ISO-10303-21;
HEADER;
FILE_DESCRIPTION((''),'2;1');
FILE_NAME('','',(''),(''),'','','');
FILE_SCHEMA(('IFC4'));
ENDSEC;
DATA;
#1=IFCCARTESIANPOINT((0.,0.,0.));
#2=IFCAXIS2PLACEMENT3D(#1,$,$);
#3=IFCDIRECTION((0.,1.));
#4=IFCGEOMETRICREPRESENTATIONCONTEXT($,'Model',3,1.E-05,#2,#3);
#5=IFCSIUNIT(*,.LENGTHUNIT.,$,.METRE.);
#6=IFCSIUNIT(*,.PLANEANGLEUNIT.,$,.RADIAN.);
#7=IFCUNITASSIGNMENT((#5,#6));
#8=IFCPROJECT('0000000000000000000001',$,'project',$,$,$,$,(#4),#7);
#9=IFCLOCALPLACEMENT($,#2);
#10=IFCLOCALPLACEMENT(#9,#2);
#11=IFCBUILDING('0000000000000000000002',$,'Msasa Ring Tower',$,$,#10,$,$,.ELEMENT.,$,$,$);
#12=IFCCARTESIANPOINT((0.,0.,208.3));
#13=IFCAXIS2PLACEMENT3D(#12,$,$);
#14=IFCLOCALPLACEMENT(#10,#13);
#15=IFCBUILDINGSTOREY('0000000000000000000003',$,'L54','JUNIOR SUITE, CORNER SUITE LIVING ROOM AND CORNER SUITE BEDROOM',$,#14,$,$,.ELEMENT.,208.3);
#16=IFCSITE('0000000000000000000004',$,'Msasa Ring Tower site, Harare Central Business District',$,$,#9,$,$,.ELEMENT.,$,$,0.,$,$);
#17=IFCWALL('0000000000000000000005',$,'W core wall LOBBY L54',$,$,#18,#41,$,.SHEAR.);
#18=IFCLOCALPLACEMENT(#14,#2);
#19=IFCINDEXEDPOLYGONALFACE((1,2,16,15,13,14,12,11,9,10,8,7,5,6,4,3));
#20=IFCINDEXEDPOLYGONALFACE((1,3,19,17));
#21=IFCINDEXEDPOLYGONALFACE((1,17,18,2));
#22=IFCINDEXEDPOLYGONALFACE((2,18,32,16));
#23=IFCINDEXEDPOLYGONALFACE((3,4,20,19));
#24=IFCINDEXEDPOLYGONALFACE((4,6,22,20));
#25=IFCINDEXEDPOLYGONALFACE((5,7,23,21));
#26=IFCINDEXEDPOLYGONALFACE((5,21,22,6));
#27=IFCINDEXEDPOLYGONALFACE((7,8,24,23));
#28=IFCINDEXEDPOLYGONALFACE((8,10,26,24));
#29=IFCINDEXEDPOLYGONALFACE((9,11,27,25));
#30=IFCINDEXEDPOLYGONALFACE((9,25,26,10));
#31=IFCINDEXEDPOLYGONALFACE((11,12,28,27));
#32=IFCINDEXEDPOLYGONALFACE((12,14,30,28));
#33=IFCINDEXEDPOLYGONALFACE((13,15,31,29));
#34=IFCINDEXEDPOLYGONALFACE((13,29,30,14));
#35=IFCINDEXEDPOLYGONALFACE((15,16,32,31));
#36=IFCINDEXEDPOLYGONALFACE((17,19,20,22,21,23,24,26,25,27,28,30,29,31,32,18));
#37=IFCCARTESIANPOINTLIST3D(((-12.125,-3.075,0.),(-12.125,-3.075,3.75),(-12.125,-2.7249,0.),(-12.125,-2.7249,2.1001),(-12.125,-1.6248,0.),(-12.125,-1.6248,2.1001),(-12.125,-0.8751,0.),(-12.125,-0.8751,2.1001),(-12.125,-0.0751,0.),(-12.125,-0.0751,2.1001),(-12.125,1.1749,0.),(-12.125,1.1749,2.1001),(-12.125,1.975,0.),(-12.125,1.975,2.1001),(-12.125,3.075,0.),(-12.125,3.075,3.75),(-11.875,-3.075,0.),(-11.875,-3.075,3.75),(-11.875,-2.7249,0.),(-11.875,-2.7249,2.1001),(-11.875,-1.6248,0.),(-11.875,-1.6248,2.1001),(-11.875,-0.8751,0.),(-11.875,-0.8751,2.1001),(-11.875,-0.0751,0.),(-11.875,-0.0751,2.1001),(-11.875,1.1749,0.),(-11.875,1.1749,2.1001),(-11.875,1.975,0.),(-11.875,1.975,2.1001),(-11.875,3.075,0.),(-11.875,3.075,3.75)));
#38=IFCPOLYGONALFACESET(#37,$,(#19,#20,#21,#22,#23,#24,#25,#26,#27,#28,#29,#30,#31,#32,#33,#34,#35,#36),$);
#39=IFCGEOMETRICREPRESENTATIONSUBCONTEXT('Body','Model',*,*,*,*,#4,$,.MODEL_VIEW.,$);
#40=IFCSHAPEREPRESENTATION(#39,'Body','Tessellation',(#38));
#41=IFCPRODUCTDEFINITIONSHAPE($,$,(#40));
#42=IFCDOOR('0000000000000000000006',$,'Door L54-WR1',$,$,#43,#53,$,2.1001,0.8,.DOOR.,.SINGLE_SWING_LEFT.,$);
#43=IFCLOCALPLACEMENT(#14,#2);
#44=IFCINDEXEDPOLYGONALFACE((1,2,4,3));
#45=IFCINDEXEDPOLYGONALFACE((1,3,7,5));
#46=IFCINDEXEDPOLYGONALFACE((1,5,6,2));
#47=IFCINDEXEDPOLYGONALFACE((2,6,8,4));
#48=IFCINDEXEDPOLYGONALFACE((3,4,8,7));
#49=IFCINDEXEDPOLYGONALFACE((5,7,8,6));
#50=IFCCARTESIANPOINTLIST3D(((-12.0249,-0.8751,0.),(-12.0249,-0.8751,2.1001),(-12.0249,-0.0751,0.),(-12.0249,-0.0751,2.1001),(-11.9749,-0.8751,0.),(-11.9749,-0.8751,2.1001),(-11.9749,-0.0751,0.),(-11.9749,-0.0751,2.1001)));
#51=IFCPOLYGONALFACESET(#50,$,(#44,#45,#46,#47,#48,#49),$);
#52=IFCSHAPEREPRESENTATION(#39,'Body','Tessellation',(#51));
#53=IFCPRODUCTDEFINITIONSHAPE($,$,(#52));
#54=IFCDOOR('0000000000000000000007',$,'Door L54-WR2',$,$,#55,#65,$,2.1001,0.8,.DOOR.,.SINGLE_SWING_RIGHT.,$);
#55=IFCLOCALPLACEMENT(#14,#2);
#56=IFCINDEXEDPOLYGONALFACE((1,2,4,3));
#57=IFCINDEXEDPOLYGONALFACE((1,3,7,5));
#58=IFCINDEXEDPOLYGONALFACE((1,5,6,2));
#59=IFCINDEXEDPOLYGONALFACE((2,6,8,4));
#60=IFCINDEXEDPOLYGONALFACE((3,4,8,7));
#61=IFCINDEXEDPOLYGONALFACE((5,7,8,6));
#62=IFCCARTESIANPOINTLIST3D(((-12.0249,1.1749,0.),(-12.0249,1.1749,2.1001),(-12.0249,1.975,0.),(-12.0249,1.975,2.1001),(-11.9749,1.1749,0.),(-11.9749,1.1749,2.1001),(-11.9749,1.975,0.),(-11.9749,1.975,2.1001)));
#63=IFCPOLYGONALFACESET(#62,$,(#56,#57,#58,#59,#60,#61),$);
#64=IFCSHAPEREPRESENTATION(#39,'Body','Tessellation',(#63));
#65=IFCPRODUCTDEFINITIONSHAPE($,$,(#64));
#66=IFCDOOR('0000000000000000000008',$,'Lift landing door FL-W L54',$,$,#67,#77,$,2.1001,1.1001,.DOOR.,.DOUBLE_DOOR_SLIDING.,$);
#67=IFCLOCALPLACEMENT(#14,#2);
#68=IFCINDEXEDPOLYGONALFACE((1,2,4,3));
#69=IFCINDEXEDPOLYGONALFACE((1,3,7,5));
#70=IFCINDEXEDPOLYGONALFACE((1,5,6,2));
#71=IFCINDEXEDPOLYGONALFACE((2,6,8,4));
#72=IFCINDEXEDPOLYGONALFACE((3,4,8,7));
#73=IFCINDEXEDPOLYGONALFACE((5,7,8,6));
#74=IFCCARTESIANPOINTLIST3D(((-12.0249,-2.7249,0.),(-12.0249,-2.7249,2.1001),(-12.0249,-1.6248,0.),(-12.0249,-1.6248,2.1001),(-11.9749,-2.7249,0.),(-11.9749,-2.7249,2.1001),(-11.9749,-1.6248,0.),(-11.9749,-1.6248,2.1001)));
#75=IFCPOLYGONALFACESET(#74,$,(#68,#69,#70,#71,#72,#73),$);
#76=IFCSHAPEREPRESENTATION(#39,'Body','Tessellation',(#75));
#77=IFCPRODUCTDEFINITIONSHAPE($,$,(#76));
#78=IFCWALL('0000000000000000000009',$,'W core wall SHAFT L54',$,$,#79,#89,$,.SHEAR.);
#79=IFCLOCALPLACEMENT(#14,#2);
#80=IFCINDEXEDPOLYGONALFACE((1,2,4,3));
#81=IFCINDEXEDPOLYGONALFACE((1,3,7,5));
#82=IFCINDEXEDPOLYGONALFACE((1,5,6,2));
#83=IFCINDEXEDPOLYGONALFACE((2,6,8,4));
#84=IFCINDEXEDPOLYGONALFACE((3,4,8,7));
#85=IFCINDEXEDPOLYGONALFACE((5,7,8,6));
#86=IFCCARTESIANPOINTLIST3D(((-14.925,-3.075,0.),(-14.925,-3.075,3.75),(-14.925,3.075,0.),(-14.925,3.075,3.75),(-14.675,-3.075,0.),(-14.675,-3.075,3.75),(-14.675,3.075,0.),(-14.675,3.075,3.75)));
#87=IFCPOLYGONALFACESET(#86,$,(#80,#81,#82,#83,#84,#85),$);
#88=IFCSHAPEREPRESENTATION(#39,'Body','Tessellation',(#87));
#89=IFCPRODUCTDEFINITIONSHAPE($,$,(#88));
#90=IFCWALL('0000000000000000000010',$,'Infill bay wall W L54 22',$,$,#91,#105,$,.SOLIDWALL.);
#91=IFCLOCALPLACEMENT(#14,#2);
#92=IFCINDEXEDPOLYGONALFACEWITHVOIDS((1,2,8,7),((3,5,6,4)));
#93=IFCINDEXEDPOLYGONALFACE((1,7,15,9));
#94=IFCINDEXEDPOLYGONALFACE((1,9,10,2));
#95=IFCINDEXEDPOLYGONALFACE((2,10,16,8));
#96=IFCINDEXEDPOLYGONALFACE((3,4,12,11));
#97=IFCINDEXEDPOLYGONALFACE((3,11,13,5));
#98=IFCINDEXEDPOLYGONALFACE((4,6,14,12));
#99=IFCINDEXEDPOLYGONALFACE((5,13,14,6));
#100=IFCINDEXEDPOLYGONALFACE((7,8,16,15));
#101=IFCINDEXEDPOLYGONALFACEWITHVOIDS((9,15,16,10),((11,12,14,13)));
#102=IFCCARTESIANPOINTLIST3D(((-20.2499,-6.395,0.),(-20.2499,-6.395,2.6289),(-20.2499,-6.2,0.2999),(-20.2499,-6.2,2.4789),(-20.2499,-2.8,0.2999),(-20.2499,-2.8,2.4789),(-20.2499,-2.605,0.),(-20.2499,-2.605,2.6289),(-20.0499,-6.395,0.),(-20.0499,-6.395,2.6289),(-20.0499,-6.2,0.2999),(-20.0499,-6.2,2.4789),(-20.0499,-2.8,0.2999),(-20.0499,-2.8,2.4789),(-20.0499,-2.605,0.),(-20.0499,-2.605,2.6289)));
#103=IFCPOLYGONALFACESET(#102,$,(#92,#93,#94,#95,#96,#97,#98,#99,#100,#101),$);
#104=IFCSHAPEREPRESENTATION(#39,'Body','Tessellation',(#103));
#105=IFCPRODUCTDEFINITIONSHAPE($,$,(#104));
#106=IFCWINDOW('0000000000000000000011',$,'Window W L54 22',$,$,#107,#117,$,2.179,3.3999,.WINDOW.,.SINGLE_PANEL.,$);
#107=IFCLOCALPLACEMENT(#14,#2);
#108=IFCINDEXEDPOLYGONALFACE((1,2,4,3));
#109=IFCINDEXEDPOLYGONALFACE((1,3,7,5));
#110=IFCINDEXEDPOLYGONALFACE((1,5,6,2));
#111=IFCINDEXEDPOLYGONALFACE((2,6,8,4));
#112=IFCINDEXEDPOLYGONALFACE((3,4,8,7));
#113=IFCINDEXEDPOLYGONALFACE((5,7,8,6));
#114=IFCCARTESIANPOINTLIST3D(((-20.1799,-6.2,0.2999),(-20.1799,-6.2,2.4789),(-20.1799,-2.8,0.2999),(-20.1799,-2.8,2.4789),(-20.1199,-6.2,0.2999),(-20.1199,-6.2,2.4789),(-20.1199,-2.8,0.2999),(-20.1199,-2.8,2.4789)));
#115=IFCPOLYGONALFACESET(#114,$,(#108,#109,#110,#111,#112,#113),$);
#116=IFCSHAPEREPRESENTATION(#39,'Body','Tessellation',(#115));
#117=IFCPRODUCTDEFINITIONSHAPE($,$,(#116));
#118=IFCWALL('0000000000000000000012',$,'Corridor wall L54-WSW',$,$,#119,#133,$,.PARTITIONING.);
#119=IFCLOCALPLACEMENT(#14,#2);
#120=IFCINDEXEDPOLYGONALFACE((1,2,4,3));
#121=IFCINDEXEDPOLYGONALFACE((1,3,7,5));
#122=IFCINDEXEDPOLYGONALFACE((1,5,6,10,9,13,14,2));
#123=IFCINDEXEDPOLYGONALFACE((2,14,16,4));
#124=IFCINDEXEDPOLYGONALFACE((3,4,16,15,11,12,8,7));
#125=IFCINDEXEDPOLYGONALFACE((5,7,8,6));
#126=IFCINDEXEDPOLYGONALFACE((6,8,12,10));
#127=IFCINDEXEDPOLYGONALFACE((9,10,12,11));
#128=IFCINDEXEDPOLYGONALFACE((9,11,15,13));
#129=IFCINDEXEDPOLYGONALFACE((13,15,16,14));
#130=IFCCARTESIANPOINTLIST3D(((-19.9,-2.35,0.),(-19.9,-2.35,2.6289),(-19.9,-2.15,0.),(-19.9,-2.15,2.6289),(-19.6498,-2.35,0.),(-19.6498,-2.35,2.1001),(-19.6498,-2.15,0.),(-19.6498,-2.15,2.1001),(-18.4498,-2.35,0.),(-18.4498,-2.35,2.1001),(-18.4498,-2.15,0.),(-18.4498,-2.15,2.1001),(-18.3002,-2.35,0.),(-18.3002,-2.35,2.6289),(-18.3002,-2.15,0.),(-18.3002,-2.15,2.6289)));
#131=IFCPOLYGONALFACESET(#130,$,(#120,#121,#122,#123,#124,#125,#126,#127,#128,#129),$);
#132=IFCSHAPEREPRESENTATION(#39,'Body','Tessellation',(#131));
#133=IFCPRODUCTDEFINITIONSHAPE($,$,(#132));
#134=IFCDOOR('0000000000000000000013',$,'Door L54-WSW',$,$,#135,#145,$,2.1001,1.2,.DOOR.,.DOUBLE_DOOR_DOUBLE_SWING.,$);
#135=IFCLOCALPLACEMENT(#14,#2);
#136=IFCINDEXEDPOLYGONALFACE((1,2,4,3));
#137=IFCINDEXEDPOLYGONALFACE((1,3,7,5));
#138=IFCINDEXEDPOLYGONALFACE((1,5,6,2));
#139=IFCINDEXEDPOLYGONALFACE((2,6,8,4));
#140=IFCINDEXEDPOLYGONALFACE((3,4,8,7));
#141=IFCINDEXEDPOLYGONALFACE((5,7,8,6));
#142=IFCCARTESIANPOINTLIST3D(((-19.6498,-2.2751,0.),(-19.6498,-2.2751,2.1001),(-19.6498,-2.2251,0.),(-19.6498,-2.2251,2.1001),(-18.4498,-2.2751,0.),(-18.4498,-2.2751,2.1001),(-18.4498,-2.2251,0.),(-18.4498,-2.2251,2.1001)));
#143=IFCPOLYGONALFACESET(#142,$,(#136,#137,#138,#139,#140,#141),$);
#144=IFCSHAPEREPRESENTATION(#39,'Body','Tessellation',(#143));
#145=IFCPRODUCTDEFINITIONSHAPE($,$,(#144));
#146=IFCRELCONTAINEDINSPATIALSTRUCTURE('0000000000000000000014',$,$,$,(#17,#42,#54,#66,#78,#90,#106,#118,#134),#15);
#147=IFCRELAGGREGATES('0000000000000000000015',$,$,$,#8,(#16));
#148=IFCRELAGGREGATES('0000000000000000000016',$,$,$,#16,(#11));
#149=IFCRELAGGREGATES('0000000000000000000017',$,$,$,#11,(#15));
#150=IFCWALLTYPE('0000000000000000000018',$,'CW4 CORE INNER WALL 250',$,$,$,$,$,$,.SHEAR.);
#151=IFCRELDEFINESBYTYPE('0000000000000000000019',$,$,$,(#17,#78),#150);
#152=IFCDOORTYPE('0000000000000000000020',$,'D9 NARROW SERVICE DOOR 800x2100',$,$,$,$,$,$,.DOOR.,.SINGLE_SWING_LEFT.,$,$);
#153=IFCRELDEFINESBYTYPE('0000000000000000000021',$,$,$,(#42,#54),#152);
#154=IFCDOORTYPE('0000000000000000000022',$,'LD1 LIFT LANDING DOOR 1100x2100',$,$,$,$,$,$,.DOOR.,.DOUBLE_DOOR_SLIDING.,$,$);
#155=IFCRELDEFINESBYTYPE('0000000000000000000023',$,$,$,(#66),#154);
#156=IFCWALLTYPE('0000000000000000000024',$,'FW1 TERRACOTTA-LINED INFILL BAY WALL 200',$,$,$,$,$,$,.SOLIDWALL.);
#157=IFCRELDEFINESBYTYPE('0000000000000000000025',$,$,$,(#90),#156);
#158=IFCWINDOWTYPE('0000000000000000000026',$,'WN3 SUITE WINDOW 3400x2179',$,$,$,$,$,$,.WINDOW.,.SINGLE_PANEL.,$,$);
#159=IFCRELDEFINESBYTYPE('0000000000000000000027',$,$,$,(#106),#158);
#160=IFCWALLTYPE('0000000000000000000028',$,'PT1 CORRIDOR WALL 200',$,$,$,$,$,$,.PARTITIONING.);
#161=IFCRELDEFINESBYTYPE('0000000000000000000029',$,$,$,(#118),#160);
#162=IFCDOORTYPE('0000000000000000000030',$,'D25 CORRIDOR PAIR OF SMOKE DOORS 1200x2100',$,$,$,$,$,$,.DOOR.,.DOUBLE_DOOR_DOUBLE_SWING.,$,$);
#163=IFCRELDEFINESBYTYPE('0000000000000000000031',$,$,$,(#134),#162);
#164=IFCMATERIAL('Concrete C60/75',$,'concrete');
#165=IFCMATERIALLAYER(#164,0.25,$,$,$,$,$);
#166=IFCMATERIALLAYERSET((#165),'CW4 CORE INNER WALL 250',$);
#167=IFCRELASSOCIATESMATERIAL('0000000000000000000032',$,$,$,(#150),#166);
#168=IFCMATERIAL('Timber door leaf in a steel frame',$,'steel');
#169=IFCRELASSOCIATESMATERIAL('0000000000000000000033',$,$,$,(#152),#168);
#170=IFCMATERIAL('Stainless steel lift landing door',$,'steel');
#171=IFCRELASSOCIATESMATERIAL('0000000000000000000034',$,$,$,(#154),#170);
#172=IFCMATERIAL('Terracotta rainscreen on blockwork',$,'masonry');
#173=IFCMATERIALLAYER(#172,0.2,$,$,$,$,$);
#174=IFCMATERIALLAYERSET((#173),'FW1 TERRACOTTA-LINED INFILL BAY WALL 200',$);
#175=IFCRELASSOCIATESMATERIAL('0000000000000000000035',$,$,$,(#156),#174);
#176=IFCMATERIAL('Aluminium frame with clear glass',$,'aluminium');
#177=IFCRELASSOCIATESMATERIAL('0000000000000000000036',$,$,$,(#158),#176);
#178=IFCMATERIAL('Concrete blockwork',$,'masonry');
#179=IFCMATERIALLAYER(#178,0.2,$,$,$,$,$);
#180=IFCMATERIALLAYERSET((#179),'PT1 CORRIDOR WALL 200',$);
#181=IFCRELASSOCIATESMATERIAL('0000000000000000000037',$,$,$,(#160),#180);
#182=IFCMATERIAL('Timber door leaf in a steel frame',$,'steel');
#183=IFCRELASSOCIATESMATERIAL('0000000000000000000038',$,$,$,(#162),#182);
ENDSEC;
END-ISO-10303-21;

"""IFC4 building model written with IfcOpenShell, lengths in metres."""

from ifc_helpers import new_model, si_unit, direction, frame, frame_2d, origin, place, context, subcontext, project, spatial, rectangle, extrude, material, layer, layer_set, type_object, element, fill, save


model = new_model("IFC4")

# Units and contexts
model_context = context("Model", 3, precision=1e-05, world=origin(), true_north=direction((0.0, 1.0)))
body_context = subcontext(model_context, "Body", "Model", "MODEL_VIEW")
ifc_project = project(units=[si_unit("LENGTHUNIT", "METRE"), si_unit("PLANEANGLEUNIT", "RADIAN")], contexts=[model_context])

# Site, building, storey
site_placement = place(None, origin())
site = spatial("IfcSite", under=ifc_project, at=site_placement, Name="Msasa Ring Tower site, Harare Central Business District", CompositionType="ELEMENT", RefElevation=0.0)
building_placement = place(site_placement, origin())
building = spatial("IfcBuilding", under=site, at=building_placement, Name="Msasa Ring Tower", CompositionType="ELEMENT")
storey_placement = place(building_placement, frame((0.0, 0.0, 208.3)))
storey = spatial("IfcBuildingStorey", under=building, at=storey_placement, Name="L54", Description="JUNIOR SUITE, CORNER SUITE LIVING ROOM AND CORNER SUITE BEDROOM", CompositionType="ELEMENT", Elevation=208.3)

# Shared definitions
ifc_material_1 = material(Name="Concrete C60/75", Category="concrete")
ifc_layer_1 = layer(ifc_material_1, 0.25)
ifc_layer_set_1 = layer_set([ifc_layer_1], Name="CW4 CORE INNER WALL 250")
wall_type_1 = type_object("IfcWallType", Name="CW4 CORE INNER WALL 250", PredefinedType="SHEAR", material=ifc_layer_set_1)

# Wall, openings, doors
wall_1_placement = place(storey_placement, frame((-12.0, -3.075, 0.0), z_axis=(0.0, 0.0, 1.0), x_axis=(0.0, 1.0, 0.0)))
wall_1 = element("IfcWall", 1, at=wall_1_placement, inside=storey, type_object=wall_type_1, Name="W core wall LOBBY L54", PredefinedType="SHEAR", context=body_context, shape_type="SweptSolid", body=[
    extrude(rectangle(XDim=6.1499, YDim=0.25, at=frame_2d((3.075, 0.0))), origin(), (0.0, 0.0, 1.0), 3.75),
])
opening_1_placement = place(wall_1_placement, frame((2.2, 0.0, 0.0)))
opening_1 = element("IfcOpeningElement", 2, at=opening_1_placement, cuts=wall_1, PredefinedType="OPENING", context=body_context, shape_type="SweptSolid", body=[
    extrude(rectangle(XDim=0.8, YDim=2.1001, at=frame_2d((0.3999, 1.05))), frame((0.0, 0.135, 0.0), z_axis=(0.0, -1.0, 0.0), x_axis=(1.0, 0.0, 0.0)), (0.0, 0.0, 1.0), 0.27),
])
opening_2_placement = place(wall_1_placement, frame((4.25, 0.0, 0.0)))
opening_2 = element("IfcOpeningElement", 3, at=opening_2_placement, cuts=wall_1, PredefinedType="OPENING", context=body_context, shape_type="SweptSolid", body=[
    extrude(rectangle(XDim=0.8, YDim=2.1001, at=frame_2d((0.3999, 1.05))), frame((0.0, 0.135, 0.0), z_axis=(0.0, -1.0, 0.0), x_axis=(1.0, 0.0, 0.0)), (0.0, 0.0, 1.0), 0.27),
])
opening_3_placement = place(wall_1_placement, frame((0.3501, 0.0, 0.0)))
opening_3 = element("IfcOpeningElement", 4, at=opening_3_placement, cuts=wall_1, PredefinedType="OPENING", context=body_context, shape_type="SweptSolid", body=[
    extrude(rectangle(XDim=1.1001, YDim=2.1001, at=frame_2d((0.55, 1.05))), frame((0.0, 0.135, 0.0), z_axis=(0.0, -1.0, 0.0), x_axis=(1.0, 0.0, 0.0)), (0.0, 0.0, 1.0), 0.27),
])
ifc_material_2 = material(Name="Timber door leaf in a steel frame", Category="steel")
door_type_1 = type_object("IfcDoorType", Name="D9 NARROW SERVICE DOOR 800x2100", OperationType="SINGLE_SWING_LEFT", PredefinedType="DOOR", material=ifc_material_2)
door_1_placement = place(opening_1_placement, origin())
door_1 = element("IfcDoor", 5, at=door_1_placement, inside=storey, type_object=door_type_1, Name="Door L54-WR1", OperationType="SINGLE_SWING_LEFT", OverallHeight=2.1001, OverallWidth=0.8, PredefinedType="DOOR", context=body_context, shape_type="SweptSolid", body=[
    extrude(rectangle(XDim=0.8, YDim=2.1001, at=frame_2d((0.3999, 1.05))), frame((0.0, 0.0249, 0.0), z_axis=(0.0, -1.0, 0.0), x_axis=(1.0, 0.0, 0.0)), (0.0, 0.0, 1.0), 0.05),
])
fill(opening_1, door_1)
door_2_placement = place(opening_2_placement, origin())
door_2 = element("IfcDoor", 6, at=door_2_placement, inside=storey, type_object=door_type_1, Name="Door L54-WR2", OperationType="SINGLE_SWING_RIGHT", OverallHeight=2.1001, OverallWidth=0.8, PredefinedType="DOOR", context=body_context, shape_type="SweptSolid", body=[
    extrude(rectangle(XDim=0.8, YDim=2.1001, at=frame_2d((0.3999, 1.05))), frame((0.0, 0.0249, 0.0), z_axis=(0.0, -1.0, 0.0), x_axis=(1.0, 0.0, 0.0)), (0.0, 0.0, 1.0), 0.05),
])
fill(opening_2, door_2)
ifc_material_3 = material(Name="Stainless steel lift landing door", Category="steel")
door_type_2 = type_object("IfcDoorType", Name="LD1 LIFT LANDING DOOR 1100x2100", OperationType="DOUBLE_DOOR_SLIDING", PredefinedType="DOOR", material=ifc_material_3)
door_3_placement = place(opening_3_placement, origin())
door_3 = element("IfcDoor", 7, at=door_3_placement, inside=storey, type_object=door_type_2, Name="Lift landing door FL-W L54", OperationType="DOUBLE_DOOR_SLIDING", OverallHeight=2.1001, OverallWidth=1.1001, PredefinedType="DOOR", context=body_context, shape_type="SweptSolid", body=[
    extrude(rectangle(XDim=1.1001, YDim=2.1001, at=frame_2d((0.55, 1.05))), frame((0.0, 0.0249, 0.0), z_axis=(0.0, -1.0, 0.0), x_axis=(1.0, 0.0, 0.0)), (0.0, 0.0, 1.0), 0.05),
])
fill(opening_3, door_3)

# Wall
wall_2_placement = place(storey_placement, frame((-14.8, -3.075, 0.0), z_axis=(0.0, 0.0, 1.0), x_axis=(0.0, 1.0, 0.0)))
element("IfcWall", 8, at=wall_2_placement, inside=storey, type_object=wall_type_1, Name="W core wall SHAFT L54", PredefinedType="SHEAR", context=body_context, shape_type="SweptSolid", body=[
    extrude(rectangle(XDim=6.1499, YDim=0.25, at=frame_2d((3.075, 0.0))), origin(), (0.0, 0.0, 1.0), 3.75),
])

# Wall, opening, window
ifc_material_4 = material(Name="Terracotta rainscreen on blockwork", Category="masonry")
ifc_layer_2 = layer(ifc_material_4, 0.2)
ifc_layer_set_2 = layer_set([ifc_layer_2], Name="FW1 TERRACOTTA-LINED INFILL BAY WALL 200")
wall_type_2 = type_object("IfcWallType", Name="FW1 TERRACOTTA-LINED INFILL BAY WALL 200", PredefinedType="SOLIDWALL", material=ifc_layer_set_2)
wall_3_placement = place(storey_placement, frame((-20.1499, -6.395, 0.0), z_axis=(0.0, 0.0, 1.0), x_axis=(0.0, 1.0, 0.0)))
wall_3 = element("IfcWall", 9, at=wall_3_placement, inside=storey, type_object=wall_type_2, Name="Infill bay wall W L54 22", PredefinedType="SOLIDWALL", context=body_context, shape_type="SweptSolid", body=[
    extrude(rectangle(XDim=3.79, YDim=0.2, at=frame_2d((1.895, 0.0))), origin(), (0.0, 0.0, 1.0), 2.6289),
])
opening_4_placement = place(wall_3_placement, frame((0.1951, 0.0, 0.3)))
opening_4 = element("IfcOpeningElement", 10, at=opening_4_placement, cuts=wall_3, PredefinedType="OPENING", context=body_context, shape_type="SweptSolid", body=[
    extrude(rectangle(XDim=3.3999, YDim=2.179, at=frame_2d((1.7, 1.0894))), frame((0.0, 0.1099, 0.0), z_axis=(0.0, -1.0, 0.0), x_axis=(1.0, 0.0, 0.0)), (0.0, 0.0, 1.0), 0.22),
])
ifc_material_5 = material(Name="Aluminium frame with clear glass", Category="aluminium")
window_type = type_object("IfcWindowType", Name="WN3 SUITE WINDOW 3400x2179", PartitioningType="SINGLE_PANEL", PredefinedType="WINDOW", material=ifc_material_5)
window_placement = place(opening_4_placement, origin())
window = element("IfcWindow", 11, at=window_placement, inside=storey, type_object=window_type, Name="Window W L54 22", OverallHeight=2.179, OverallWidth=3.3999, PartitioningType="SINGLE_PANEL", PredefinedType="WINDOW", context=body_context, shape_type="SweptSolid", body=[
    extrude(rectangle(XDim=3.3999, YDim=2.179, at=frame_2d((1.7, 1.0894))), frame((0.0, 0.03, 0.0), z_axis=(0.0, -1.0, 0.0), x_axis=(1.0, 0.0, 0.0)), (0.0, 0.0, 1.0), 0.0601),
])
fill(opening_4, window)

# Wall, opening, door
ifc_material_6 = material(Name="Concrete blockwork", Category="masonry")
ifc_layer_3 = layer(ifc_material_6, 0.2)
ifc_layer_set_3 = layer_set([ifc_layer_3], Name="PT1 CORRIDOR WALL 200")
wall_type_3 = type_object("IfcWallType", Name="PT1 CORRIDOR WALL 200", PredefinedType="PARTITIONING", material=ifc_layer_set_3)
wall_4_placement = place(storey_placement, frame((-19.8999, -2.25, 0.0), z_axis=(0.0, 0.0, 1.0), x_axis=(1.0, 0.0, 0.0)))
wall_4 = element("IfcWall", 12, at=wall_4_placement, inside=storey, type_object=wall_type_3, Name="Corridor wall L54-WSW", PredefinedType="PARTITIONING", context=body_context, shape_type="SweptSolid", body=[
    extrude(rectangle(XDim=1.5999, YDim=0.2, at=frame_2d((0.7998, 0.0))), origin(), (0.0, 0.0, 1.0), 2.6289),
])
opening_5_placement = place(wall_4_placement, frame((0.25, 0.0, 0.0)))
opening_5 = element("IfcOpeningElement", 13, at=opening_5_placement, cuts=wall_4, PredefinedType="OPENING", context=body_context, shape_type="SweptSolid", body=[
    extrude(rectangle(XDim=1.2, YDim=2.1001, at=frame_2d((0.6001, 1.05))), frame((0.0, 0.1099, 0.0), z_axis=(0.0, -1.0, 0.0), x_axis=(1.0, 0.0, 0.0)), (0.0, 0.0, 1.0), 0.22),
])
ifc_material_7 = material(Name="Timber door leaf in a steel frame", Category="steel")
door_type_3 = type_object("IfcDoorType", Name="D25 CORRIDOR PAIR OF SMOKE DOORS 1200x2100", OperationType="DOUBLE_DOOR_DOUBLE_SWING", PredefinedType="DOOR", material=ifc_material_7)
door_4_placement = place(opening_5_placement, origin())
door_4 = element("IfcDoor", 14, at=door_4_placement, inside=storey, type_object=door_type_3, Name="Door L54-WSW", OperationType="DOUBLE_DOOR_DOUBLE_SWING", OverallHeight=2.1001, OverallWidth=1.2, PredefinedType="DOOR", context=body_context, shape_type="SweptSolid", body=[
    extrude(rectangle(XDim=1.2, YDim=2.1001, at=frame_2d((0.6001, 1.05))), frame((0.0, 0.0249, 0.0), z_axis=(0.0, -1.0, 0.0), x_axis=(1.0, 0.0, 0.0)), (0.0, 0.0, 1.0), 0.05),
])
fill(opening_5, door_4)

save(model, "model.ifc")
